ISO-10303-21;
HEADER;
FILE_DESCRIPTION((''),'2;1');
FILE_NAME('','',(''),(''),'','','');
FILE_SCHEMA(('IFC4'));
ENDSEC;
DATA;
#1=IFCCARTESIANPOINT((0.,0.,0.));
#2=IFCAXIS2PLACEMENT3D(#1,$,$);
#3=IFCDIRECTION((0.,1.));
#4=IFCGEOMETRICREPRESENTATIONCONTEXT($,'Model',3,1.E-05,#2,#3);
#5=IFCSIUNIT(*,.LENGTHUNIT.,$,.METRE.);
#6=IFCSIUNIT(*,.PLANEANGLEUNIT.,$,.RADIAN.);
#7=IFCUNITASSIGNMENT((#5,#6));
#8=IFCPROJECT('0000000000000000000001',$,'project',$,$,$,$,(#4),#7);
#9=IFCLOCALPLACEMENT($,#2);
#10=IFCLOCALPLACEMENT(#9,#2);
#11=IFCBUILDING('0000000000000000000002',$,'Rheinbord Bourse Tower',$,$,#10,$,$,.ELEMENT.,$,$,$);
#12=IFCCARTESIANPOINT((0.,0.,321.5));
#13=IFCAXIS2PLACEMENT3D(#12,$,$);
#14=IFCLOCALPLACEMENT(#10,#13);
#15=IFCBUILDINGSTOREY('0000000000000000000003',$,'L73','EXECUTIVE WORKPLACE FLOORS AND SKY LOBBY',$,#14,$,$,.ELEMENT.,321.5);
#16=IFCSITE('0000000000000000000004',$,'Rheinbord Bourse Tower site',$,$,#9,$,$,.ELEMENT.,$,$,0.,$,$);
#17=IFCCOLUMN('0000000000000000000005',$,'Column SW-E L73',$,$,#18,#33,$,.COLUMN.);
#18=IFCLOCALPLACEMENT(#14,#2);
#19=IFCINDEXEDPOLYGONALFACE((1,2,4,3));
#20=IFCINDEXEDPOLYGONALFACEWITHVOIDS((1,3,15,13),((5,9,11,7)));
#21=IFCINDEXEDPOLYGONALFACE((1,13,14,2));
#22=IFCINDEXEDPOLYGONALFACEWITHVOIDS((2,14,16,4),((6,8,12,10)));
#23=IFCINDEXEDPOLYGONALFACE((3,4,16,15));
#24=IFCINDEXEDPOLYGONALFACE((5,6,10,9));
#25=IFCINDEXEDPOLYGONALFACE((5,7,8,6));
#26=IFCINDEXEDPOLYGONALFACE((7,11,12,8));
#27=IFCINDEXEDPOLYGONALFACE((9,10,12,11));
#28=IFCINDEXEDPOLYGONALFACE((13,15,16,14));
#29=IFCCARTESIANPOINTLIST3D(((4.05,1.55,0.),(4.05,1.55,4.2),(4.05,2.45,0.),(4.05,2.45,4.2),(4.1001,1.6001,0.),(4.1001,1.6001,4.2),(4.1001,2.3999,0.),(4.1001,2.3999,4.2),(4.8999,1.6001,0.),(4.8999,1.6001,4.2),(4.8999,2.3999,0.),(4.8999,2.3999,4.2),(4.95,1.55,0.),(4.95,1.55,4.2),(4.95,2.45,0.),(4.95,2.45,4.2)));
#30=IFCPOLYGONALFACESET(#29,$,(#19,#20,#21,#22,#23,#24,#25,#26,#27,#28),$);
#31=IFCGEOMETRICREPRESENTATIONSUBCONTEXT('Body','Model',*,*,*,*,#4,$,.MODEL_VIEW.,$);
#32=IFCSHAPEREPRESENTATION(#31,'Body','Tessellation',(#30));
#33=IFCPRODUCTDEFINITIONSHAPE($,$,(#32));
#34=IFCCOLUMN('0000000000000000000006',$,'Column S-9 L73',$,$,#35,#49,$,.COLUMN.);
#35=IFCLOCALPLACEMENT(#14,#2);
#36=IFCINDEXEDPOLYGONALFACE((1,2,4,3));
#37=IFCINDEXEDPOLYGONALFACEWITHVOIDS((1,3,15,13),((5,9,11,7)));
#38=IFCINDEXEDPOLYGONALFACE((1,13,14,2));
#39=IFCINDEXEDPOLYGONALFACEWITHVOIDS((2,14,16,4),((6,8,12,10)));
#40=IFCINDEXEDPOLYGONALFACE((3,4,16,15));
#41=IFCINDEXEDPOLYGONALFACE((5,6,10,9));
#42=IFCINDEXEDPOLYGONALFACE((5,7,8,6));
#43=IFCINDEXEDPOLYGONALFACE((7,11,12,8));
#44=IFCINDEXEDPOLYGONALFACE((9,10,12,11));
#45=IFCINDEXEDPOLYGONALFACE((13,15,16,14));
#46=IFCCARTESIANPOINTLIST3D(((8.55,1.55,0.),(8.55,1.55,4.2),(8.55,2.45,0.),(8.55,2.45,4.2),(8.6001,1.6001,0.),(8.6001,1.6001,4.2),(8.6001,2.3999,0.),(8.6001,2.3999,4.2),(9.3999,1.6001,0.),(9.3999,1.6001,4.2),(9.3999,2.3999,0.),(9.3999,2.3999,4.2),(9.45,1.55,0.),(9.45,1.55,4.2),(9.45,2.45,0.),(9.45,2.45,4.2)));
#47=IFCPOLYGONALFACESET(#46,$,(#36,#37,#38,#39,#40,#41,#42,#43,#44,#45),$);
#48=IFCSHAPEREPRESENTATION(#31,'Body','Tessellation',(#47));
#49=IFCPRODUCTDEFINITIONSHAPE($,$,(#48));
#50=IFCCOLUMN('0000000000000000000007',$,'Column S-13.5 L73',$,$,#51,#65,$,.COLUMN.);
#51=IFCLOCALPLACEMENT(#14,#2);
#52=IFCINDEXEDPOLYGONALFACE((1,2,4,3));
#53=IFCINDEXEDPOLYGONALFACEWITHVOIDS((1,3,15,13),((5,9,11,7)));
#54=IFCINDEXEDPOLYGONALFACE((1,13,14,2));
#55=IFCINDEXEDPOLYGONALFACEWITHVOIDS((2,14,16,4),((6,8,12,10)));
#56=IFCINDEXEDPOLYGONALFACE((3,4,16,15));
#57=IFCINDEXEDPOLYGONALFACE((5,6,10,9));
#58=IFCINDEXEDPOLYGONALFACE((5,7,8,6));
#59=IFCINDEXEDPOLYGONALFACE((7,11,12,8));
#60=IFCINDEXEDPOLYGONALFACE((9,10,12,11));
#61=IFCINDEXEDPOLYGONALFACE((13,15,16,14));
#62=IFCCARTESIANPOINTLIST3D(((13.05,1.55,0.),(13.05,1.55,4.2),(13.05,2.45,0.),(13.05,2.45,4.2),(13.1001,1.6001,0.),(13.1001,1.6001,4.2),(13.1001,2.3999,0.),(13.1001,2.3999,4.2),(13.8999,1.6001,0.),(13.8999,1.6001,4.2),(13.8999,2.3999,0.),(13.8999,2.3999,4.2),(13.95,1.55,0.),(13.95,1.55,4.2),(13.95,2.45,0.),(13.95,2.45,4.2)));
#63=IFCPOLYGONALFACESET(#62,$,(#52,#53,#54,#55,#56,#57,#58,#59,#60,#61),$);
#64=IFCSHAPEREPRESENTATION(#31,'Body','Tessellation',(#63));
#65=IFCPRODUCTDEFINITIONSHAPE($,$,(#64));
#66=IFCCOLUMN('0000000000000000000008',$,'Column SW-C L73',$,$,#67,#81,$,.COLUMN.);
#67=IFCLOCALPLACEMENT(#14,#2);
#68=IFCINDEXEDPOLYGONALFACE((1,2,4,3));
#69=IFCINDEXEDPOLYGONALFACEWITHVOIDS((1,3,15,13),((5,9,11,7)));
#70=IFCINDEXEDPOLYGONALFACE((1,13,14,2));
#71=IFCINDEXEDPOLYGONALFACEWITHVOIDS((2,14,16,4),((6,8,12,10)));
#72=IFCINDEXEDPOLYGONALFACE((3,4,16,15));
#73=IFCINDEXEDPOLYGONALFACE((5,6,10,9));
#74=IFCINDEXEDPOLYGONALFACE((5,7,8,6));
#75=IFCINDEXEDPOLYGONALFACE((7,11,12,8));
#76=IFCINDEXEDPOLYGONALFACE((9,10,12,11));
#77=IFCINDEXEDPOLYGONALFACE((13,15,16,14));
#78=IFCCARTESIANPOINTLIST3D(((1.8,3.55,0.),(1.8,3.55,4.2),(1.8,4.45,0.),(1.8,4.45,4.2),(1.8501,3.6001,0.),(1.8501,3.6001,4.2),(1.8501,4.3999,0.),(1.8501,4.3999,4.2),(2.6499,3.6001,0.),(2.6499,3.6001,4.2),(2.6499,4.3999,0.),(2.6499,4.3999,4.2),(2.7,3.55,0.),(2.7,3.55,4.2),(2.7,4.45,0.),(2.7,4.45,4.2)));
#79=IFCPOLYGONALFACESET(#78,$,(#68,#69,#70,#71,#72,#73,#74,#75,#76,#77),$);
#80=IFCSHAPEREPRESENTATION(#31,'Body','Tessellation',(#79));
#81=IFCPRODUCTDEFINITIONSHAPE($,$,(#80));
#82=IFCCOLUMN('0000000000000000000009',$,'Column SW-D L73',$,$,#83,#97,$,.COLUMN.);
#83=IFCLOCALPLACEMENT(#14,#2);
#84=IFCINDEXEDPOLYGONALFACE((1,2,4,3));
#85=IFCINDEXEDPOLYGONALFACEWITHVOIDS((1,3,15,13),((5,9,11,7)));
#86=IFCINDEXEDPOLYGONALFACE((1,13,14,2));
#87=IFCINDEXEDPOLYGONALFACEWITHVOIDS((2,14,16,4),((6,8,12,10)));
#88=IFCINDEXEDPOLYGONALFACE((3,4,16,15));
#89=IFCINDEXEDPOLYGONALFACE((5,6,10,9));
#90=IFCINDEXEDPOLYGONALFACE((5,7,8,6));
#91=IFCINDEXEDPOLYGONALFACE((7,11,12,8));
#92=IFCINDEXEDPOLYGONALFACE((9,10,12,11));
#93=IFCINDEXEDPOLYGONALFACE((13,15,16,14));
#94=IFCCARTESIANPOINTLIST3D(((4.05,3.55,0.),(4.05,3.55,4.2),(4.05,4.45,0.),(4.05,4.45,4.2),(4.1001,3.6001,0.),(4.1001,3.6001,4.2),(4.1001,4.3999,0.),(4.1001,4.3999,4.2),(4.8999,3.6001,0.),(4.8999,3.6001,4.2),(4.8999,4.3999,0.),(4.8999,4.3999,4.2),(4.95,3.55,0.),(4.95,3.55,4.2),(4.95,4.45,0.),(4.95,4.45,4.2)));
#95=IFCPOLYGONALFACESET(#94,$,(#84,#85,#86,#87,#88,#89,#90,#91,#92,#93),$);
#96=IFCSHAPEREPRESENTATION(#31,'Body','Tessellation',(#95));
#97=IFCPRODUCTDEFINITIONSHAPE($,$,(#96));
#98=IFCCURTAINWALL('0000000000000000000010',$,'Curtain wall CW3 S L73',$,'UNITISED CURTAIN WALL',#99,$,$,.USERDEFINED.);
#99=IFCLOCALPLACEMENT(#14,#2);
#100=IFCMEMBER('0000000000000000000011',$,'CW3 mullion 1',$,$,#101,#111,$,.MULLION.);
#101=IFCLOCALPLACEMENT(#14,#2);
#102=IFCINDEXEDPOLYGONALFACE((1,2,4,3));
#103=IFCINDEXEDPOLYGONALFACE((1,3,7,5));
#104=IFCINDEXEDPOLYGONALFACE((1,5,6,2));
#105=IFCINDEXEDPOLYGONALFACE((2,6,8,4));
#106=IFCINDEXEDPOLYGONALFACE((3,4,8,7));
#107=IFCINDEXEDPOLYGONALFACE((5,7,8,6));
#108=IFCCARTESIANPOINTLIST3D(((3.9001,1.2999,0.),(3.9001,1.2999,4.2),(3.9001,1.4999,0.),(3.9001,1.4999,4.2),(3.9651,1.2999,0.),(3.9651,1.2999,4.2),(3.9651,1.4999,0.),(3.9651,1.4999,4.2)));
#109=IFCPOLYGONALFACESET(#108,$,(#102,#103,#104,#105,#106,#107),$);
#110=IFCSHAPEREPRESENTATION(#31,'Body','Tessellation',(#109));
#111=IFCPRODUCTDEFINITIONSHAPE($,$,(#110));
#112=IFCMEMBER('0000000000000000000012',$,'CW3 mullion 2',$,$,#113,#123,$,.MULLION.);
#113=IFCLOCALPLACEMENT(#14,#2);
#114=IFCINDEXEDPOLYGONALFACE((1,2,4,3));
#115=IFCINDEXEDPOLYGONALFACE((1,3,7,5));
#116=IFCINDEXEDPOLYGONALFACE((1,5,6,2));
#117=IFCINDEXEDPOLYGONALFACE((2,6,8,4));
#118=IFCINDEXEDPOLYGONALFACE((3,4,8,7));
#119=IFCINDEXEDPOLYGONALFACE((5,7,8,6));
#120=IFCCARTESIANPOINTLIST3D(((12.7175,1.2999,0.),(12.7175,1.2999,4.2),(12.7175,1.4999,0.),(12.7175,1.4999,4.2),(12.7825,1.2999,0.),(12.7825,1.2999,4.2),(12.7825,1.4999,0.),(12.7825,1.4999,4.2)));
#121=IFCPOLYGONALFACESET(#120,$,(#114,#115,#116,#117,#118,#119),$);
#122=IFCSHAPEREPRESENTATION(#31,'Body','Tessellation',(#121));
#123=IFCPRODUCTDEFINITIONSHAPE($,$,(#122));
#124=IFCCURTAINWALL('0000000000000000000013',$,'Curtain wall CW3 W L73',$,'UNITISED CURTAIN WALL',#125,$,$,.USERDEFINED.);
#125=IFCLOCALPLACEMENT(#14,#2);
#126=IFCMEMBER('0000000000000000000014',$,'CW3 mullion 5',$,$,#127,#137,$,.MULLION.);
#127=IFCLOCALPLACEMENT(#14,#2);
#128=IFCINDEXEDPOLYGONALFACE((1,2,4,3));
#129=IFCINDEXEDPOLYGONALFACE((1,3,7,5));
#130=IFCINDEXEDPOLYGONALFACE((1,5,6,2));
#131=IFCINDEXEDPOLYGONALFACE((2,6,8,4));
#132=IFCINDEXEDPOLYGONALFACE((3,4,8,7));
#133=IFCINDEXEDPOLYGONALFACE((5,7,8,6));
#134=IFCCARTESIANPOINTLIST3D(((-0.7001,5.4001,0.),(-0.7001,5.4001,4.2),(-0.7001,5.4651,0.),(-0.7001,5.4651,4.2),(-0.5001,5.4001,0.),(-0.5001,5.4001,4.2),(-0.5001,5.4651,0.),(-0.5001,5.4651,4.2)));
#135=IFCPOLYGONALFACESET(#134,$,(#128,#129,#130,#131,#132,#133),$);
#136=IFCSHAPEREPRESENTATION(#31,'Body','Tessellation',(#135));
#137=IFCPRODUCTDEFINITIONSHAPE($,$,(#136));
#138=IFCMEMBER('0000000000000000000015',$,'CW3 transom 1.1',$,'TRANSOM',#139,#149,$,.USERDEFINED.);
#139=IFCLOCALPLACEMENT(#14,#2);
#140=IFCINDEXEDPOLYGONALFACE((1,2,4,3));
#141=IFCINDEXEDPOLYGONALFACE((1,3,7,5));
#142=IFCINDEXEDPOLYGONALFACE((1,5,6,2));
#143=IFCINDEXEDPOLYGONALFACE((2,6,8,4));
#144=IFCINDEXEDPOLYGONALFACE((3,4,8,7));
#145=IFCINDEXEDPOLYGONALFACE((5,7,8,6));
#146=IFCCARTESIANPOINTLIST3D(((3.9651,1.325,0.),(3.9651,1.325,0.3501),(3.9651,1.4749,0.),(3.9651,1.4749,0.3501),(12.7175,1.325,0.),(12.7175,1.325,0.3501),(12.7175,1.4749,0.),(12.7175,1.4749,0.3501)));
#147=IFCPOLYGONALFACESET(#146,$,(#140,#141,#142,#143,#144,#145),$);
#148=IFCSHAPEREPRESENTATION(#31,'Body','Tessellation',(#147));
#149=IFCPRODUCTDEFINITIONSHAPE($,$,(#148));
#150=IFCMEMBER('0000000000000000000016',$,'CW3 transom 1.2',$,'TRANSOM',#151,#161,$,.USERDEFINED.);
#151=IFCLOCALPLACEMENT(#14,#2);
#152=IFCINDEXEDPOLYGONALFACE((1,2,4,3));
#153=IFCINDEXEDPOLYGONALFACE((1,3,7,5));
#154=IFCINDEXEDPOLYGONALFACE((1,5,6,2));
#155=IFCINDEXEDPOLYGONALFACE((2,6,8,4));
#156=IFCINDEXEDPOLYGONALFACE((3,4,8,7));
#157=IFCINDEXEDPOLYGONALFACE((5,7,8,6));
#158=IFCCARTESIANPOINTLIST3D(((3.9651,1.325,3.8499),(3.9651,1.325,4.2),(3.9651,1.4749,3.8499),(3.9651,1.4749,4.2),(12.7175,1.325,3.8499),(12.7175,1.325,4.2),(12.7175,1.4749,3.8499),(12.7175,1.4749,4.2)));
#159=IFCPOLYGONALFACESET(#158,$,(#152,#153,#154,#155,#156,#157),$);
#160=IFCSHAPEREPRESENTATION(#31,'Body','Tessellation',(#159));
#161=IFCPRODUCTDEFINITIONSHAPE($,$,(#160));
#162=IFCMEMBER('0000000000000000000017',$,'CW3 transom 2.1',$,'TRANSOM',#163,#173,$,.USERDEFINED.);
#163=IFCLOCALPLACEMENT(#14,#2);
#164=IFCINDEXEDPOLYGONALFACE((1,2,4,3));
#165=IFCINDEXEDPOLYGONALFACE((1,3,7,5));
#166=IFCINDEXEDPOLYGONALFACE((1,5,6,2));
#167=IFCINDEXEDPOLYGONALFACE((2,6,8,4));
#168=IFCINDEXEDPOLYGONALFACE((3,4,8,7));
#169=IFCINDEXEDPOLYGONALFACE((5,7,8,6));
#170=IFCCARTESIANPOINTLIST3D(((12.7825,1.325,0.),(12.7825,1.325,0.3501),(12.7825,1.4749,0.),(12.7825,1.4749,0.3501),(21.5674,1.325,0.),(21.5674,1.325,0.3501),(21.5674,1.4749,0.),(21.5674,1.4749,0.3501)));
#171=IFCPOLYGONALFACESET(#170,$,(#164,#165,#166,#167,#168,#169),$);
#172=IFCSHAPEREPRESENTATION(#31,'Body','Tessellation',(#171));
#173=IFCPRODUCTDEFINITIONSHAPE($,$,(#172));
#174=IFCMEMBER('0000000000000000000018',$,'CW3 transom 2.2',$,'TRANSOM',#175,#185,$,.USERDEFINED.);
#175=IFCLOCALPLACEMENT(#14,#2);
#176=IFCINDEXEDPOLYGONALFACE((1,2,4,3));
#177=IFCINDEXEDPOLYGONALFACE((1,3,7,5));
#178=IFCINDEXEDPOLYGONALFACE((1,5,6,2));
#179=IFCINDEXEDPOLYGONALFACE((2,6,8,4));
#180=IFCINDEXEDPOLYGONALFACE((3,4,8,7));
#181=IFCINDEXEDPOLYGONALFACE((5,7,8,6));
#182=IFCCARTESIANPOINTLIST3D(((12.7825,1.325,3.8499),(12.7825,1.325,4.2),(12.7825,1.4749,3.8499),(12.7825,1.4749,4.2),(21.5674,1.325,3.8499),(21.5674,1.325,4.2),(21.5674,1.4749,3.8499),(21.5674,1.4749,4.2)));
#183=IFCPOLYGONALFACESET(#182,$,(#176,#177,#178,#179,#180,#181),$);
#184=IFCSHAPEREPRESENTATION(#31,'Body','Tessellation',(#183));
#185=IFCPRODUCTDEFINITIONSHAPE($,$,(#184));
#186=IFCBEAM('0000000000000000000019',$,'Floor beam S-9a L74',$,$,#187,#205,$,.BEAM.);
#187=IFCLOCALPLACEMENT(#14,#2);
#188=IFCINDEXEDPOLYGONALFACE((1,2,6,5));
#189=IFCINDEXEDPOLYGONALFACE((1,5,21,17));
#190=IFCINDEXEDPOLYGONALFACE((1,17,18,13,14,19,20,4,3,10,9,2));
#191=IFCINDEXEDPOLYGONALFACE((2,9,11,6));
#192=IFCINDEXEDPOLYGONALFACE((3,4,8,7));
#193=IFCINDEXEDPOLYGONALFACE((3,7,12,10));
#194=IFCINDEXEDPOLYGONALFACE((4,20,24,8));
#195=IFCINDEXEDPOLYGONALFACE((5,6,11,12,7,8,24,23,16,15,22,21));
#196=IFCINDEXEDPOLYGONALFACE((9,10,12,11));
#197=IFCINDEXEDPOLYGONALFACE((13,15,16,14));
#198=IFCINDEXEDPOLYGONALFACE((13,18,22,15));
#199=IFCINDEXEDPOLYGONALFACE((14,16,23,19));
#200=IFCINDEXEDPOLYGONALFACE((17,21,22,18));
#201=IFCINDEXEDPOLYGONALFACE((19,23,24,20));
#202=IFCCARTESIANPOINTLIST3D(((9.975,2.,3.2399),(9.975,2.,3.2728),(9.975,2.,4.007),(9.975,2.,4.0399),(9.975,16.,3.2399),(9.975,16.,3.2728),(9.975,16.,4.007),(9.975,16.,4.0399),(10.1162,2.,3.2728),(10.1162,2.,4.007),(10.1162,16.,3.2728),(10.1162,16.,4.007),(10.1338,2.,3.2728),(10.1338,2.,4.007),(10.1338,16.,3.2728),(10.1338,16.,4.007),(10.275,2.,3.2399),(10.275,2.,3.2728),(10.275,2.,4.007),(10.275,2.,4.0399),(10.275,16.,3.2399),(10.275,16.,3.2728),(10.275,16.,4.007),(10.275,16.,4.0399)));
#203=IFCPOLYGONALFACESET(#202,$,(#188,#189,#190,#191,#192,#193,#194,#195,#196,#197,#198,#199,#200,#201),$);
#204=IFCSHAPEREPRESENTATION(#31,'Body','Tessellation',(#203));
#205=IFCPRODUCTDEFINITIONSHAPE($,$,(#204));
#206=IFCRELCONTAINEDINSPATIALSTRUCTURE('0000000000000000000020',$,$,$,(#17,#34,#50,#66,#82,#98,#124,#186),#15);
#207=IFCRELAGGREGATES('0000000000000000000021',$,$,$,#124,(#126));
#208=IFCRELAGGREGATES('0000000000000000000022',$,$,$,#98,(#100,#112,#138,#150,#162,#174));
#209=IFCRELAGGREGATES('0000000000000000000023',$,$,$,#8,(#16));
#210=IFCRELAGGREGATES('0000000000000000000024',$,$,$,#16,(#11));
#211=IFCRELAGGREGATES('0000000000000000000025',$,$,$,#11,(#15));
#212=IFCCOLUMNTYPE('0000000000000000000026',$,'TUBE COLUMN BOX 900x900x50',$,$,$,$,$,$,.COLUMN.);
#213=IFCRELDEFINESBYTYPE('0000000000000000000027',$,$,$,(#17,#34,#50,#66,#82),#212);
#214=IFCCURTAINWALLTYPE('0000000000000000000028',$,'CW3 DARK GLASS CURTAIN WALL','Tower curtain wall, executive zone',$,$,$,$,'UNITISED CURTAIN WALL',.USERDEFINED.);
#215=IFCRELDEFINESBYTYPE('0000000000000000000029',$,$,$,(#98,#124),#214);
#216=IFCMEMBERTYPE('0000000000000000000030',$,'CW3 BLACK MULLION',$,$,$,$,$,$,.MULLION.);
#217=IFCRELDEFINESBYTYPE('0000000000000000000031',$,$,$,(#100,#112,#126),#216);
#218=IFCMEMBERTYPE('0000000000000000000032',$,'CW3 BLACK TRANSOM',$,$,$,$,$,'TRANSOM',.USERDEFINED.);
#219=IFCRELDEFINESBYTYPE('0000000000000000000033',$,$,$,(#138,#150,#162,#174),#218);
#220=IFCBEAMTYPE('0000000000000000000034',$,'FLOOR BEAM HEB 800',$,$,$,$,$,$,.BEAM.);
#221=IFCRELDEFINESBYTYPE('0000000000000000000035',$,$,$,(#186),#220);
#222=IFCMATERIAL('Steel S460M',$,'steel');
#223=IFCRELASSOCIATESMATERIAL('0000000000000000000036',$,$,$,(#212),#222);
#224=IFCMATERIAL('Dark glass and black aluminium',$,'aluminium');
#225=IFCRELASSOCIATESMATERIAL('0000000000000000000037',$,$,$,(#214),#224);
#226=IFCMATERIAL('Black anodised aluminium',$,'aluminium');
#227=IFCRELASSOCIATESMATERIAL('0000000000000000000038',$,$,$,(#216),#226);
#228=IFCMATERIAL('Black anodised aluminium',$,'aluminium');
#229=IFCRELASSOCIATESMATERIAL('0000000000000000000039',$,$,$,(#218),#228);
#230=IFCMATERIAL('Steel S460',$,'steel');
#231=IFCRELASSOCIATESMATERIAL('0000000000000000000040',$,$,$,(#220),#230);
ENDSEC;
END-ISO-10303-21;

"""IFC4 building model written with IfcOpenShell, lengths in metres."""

from ifc_helpers import new_model, si_unit, direction, frame, origin, origin_2d, place, context, subcontext, project, spatial, rectangle, hollow_rectangle, i_section, extrude, material, material_profile, profile_set, type_object, element, aggregate, save


model = new_model("IFC4")

# Units and contexts
model_context = context("Model", 3, precision=1e-05, world=origin(), true_north=direction((0.0, 1.0)))
body_context = subcontext(model_context, "Body", "Model", "MODEL_VIEW")
ifc_project = project(units=[si_unit("LENGTHUNIT", "METRE"), si_unit("PLANEANGLEUNIT", "RADIAN")], contexts=[model_context])

# Site, building, storey
site_placement = place(None, origin())
site = spatial("IfcSite", under=ifc_project, at=site_placement, Name="Rheinbord Bourse Tower site", CompositionType="ELEMENT", RefElevation=0.0)
building_placement = place(site_placement, origin())
building = spatial("IfcBuilding", under=site, at=building_placement, Name="Rheinbord Bourse Tower", CompositionType="ELEMENT")
storey_placement = place(building_placement, frame((0.0, 0.0, 321.5)))
storey = spatial("IfcBuildingStorey", under=building, at=storey_placement, Name="L73", Description="EXECUTIVE WORKPLACE FLOORS AND SKY LOBBY", CompositionType="ELEMENT", Elevation=321.5)

# Columns
ifc_material_1 = material(Name="Steel S460M", Category="steel")
ifc_material_profile_1 = material_profile(ifc_material_1, hollow_rectangle(XDim=0.8999, YDim=0.8999, WallThickness=0.05, at=origin_2d()), Name="BOX 900x900x50")
ifc_profile_set_1 = profile_set([ifc_material_profile_1], Name="Steel S460M")
column_type = type_object("IfcColumnType", Name="TUBE COLUMN BOX 900x900x50", PredefinedType="COLUMN", material=ifc_profile_set_1)
for number, where, z_axis, x_axis, name in (
    (1, (4.5, 2.0, 0.0), (0.0, 0.0, 1.0), (0.0, 1.0, 0.0), "Column SW-E L73"),
    (2, (9.0, 2.0, 0.0), (0.0, 0.0, 1.0), (0.0, 1.0, 0.0), "Column S-9 L73"),
    (3, (13.5, 2.0, 0.0), (0.0, 0.0, 1.0), (0.0, 1.0, 0.0), "Column S-13.5 L73"),
    (4, (2.25, 4.0, 0.0), (0.0, 0.0, 1.0), (1.0, 0.0, 0.0), "Column SW-C L73"),
    (5, (4.5, 4.0, 0.0), (0.0, 0.0, 1.0), (0.0, 1.0, 0.0), "Column SW-D L73"),
):
    element("IfcColumn", number, at=place(storey_placement, frame(where, z_axis=z_axis, x_axis=x_axis)), inside=storey, type_object=column_type, Name=name, PredefinedType="COLUMN", context=body_context, shape_type="SweptSolid", body=[
        extrude(hollow_rectangle(XDim=0.8999, YDim=0.8999, WallThickness=0.05, at=origin_2d()), origin(), (0.0, 0.0, 1.0), 4.2),
    ])

# Curtain wall, members
ifc_material_2 = material(Name="Dark glass and black aluminium", Category="aluminium")
curtain_wall_type = type_object("IfcCurtainWallType", Name="CW3 DARK GLASS CURTAIN WALL", Description="Tower curtain wall, executive zone", ElementType="UNITISED CURTAIN WALL", PredefinedType="USERDEFINED", material=ifc_material_2)
curtain_wall_1_placement = place(storey_placement, origin())
curtain_wall_1 = element("IfcCurtainWall", 6, at=curtain_wall_1_placement, inside=storey, type_object=curtain_wall_type, Name="Curtain wall CW3 S L73", ObjectType="UNITISED CURTAIN WALL", PredefinedType="USERDEFINED")
ifc_material_3 = material(Name="Black anodised aluminium", Category="aluminium")
ifc_material_profile_2 = material_profile(ifc_material_3, rectangle(XDim=0.2, YDim=0.0649, at=origin_2d()), Name="CW3 MULLION 65x200")
ifc_profile_set_2 = profile_set([ifc_material_profile_2], Name="Black anodised aluminium")
member_type_1 = type_object("IfcMemberType", Name="CW3 BLACK MULLION", PredefinedType="MULLION", material=ifc_profile_set_2)
member_1_placement = place(storey_placement, frame((3.9326, 1.3999, 0.0), z_axis=(0.0, 0.0, 1.0), x_axis=(0.0, 1.0, 0.0)))
member_1 = element("IfcMember", 7, at=member_1_placement, type_object=member_type_1, Name="CW3 mullion 1", PredefinedType="MULLION", context=body_context, shape_type="SweptSolid", body=[
    extrude(rectangle(XDim=0.2, YDim=0.0649, at=origin_2d()), origin(), (0.0, 0.0, 1.0), 4.2),
])
member_2_placement = place(storey_placement, frame((12.75, 1.3999, 0.0), z_axis=(0.0, 0.0, 1.0), x_axis=(0.0, 1.0, 0.0)))
member_2 = element("IfcMember", 8, at=member_2_placement, type_object=member_type_1, Name="CW3 mullion 2", PredefinedType="MULLION", context=body_context, shape_type="SweptSolid", body=[
    extrude(rectangle(XDim=0.2, YDim=0.0649, at=origin_2d()), origin(), (0.0, 0.0, 1.0), 4.2),
])

# Curtain wall, member
curtain_wall_2_placement = place(storey_placement, origin())
curtain_wall_2 = element("IfcCurtainWall", 9, at=curtain_wall_2_placement, inside=storey, type_object=curtain_wall_type, Name="Curtain wall CW3 W L73", ObjectType="UNITISED CURTAIN WALL", PredefinedType="USERDEFINED")
member_3_placement = place(storey_placement, frame((-0.6001, 5.4326, 0.0), z_axis=(0.0, 0.0, 1.0), x_axis=(1.0, 0.0, 0.0)))
member_3 = element("IfcMember", 10, at=member_3_placement, type_object=member_type_1, Name="CW3 mullion 5", PredefinedType="MULLION", context=body_context, shape_type="SweptSolid", body=[
    extrude(rectangle(XDim=0.2, YDim=0.0649, at=origin_2d()), origin(), (0.0, 0.0, 1.0), 4.2),
])
aggregate(curtain_wall_2, [member_3])

# Members
ifc_material_4 = material(Name="Black anodised aluminium", Category="aluminium")
ifc_material_profile_3 = material_profile(ifc_material_4, rectangle(XDim=0.1499, YDim=0.3501, at=origin_2d()), Name="CW3 TRANSOM 350x150")
ifc_profile_set_3 = profile_set([ifc_material_profile_3], Name="Black anodised aluminium")
member_type_2 = type_object("IfcMemberType", Name="CW3 BLACK TRANSOM", ElementType="TRANSOM", PredefinedType="USERDEFINED", material=ifc_profile_set_3)
member_4_placement = place(storey_placement, frame((3.9651, 1.3999, 0.175), z_axis=(1.0, 0.0, 0.0), x_axis=(0.0, 1.0, 0.0)))
member_4 = element("IfcMember", 11, at=member_4_placement, type_object=member_type_2, Name="CW3 transom 1.1", ObjectType="TRANSOM", PredefinedType="USERDEFINED", context=body_context, shape_type="SweptSolid", body=[
    extrude(rectangle(XDim=0.1499, YDim=0.3501, at=origin_2d()), origin(), (0.0, 0.0, 1.0), 8.7524),
])
member_5_placement = place(storey_placement, frame((3.9651, 1.3999, 4.0249), z_axis=(1.0, 0.0, 0.0), x_axis=(0.0, 1.0, 0.0)))
member_5 = element("IfcMember", 12, at=member_5_placement, type_object=member_type_2, Name="CW3 transom 1.2", ObjectType="TRANSOM", PredefinedType="USERDEFINED", context=body_context, shape_type="SweptSolid", body=[
    extrude(rectangle(XDim=0.1499, YDim=0.3501, at=origin_2d()), origin(), (0.0, 0.0, 1.0), 8.7524),
])
member_6_placement = place(storey_placement, frame((12.7825, 1.3999, 0.175), z_axis=(1.0, 0.0, 0.0), x_axis=(0.0, 1.0, 0.0)))
member_6 = element("IfcMember", 13, at=member_6_placement, type_object=member_type_2, Name="CW3 transom 2.1", ObjectType="TRANSOM", PredefinedType="USERDEFINED", context=body_context, shape_type="SweptSolid", body=[
    extrude(rectangle(XDim=0.1499, YDim=0.3501, at=origin_2d()), origin(), (0.0, 0.0, 1.0), 8.7849),
])
member_7_placement = place(storey_placement, frame((12.7825, 1.3999, 4.0249), z_axis=(1.0, 0.0, 0.0), x_axis=(0.0, 1.0, 0.0)))
member_7 = element("IfcMember", 14, at=member_7_placement, type_object=member_type_2, Name="CW3 transom 2.2", ObjectType="TRANSOM", PredefinedType="USERDEFINED", context=body_context, shape_type="SweptSolid", body=[
    extrude(rectangle(XDim=0.1499, YDim=0.3501, at=origin_2d()), origin(), (0.0, 0.0, 1.0), 8.7849),
])

# Beam
ifc_material_5 = material(Name="Steel S460", Category="steel")
ifc_material_profile_4 = material_profile(ifc_material_5, i_section(OverallWidth=0.3, OverallDepth=0.8, WebThickness=0.0176, FlangeThickness=0.033, at=origin_2d()), Name="HEB 800")
ifc_profile_set_4 = profile_set([ifc_material_profile_4], Name="Steel S460")
beam_type_1 = type_object("IfcBeamType", Name="FLOOR BEAM HEB 800", PredefinedType="BEAM", material=ifc_profile_set_4)
for number, where, z_axis, x_axis, name in (
    (15, (10.125, 2.0, 3.6399), (0.0, 1.0, 0.0), (-1.0, 0.0, 0.0), "Floor beam S-9a L74"),
):
    element("IfcBeam", number, at=place(storey_placement, frame(where, z_axis=z_axis, x_axis=x_axis)), inside=storey, type_object=beam_type_1, Name=name, PredefinedType="BEAM", context=body_context, shape_type="SweptSolid", body=[
        extrude(i_section(OverallWidth=0.3, OverallDepth=0.8, WebThickness=0.0176, FlangeThickness=0.033, at=origin_2d()), origin(), (0.0, 0.0, 1.0), 14.0),
    ])

aggregate(curtain_wall_1, [member_1, member_2, member_4, member_5, member_6, member_7])

save(model, "model.ifc")
